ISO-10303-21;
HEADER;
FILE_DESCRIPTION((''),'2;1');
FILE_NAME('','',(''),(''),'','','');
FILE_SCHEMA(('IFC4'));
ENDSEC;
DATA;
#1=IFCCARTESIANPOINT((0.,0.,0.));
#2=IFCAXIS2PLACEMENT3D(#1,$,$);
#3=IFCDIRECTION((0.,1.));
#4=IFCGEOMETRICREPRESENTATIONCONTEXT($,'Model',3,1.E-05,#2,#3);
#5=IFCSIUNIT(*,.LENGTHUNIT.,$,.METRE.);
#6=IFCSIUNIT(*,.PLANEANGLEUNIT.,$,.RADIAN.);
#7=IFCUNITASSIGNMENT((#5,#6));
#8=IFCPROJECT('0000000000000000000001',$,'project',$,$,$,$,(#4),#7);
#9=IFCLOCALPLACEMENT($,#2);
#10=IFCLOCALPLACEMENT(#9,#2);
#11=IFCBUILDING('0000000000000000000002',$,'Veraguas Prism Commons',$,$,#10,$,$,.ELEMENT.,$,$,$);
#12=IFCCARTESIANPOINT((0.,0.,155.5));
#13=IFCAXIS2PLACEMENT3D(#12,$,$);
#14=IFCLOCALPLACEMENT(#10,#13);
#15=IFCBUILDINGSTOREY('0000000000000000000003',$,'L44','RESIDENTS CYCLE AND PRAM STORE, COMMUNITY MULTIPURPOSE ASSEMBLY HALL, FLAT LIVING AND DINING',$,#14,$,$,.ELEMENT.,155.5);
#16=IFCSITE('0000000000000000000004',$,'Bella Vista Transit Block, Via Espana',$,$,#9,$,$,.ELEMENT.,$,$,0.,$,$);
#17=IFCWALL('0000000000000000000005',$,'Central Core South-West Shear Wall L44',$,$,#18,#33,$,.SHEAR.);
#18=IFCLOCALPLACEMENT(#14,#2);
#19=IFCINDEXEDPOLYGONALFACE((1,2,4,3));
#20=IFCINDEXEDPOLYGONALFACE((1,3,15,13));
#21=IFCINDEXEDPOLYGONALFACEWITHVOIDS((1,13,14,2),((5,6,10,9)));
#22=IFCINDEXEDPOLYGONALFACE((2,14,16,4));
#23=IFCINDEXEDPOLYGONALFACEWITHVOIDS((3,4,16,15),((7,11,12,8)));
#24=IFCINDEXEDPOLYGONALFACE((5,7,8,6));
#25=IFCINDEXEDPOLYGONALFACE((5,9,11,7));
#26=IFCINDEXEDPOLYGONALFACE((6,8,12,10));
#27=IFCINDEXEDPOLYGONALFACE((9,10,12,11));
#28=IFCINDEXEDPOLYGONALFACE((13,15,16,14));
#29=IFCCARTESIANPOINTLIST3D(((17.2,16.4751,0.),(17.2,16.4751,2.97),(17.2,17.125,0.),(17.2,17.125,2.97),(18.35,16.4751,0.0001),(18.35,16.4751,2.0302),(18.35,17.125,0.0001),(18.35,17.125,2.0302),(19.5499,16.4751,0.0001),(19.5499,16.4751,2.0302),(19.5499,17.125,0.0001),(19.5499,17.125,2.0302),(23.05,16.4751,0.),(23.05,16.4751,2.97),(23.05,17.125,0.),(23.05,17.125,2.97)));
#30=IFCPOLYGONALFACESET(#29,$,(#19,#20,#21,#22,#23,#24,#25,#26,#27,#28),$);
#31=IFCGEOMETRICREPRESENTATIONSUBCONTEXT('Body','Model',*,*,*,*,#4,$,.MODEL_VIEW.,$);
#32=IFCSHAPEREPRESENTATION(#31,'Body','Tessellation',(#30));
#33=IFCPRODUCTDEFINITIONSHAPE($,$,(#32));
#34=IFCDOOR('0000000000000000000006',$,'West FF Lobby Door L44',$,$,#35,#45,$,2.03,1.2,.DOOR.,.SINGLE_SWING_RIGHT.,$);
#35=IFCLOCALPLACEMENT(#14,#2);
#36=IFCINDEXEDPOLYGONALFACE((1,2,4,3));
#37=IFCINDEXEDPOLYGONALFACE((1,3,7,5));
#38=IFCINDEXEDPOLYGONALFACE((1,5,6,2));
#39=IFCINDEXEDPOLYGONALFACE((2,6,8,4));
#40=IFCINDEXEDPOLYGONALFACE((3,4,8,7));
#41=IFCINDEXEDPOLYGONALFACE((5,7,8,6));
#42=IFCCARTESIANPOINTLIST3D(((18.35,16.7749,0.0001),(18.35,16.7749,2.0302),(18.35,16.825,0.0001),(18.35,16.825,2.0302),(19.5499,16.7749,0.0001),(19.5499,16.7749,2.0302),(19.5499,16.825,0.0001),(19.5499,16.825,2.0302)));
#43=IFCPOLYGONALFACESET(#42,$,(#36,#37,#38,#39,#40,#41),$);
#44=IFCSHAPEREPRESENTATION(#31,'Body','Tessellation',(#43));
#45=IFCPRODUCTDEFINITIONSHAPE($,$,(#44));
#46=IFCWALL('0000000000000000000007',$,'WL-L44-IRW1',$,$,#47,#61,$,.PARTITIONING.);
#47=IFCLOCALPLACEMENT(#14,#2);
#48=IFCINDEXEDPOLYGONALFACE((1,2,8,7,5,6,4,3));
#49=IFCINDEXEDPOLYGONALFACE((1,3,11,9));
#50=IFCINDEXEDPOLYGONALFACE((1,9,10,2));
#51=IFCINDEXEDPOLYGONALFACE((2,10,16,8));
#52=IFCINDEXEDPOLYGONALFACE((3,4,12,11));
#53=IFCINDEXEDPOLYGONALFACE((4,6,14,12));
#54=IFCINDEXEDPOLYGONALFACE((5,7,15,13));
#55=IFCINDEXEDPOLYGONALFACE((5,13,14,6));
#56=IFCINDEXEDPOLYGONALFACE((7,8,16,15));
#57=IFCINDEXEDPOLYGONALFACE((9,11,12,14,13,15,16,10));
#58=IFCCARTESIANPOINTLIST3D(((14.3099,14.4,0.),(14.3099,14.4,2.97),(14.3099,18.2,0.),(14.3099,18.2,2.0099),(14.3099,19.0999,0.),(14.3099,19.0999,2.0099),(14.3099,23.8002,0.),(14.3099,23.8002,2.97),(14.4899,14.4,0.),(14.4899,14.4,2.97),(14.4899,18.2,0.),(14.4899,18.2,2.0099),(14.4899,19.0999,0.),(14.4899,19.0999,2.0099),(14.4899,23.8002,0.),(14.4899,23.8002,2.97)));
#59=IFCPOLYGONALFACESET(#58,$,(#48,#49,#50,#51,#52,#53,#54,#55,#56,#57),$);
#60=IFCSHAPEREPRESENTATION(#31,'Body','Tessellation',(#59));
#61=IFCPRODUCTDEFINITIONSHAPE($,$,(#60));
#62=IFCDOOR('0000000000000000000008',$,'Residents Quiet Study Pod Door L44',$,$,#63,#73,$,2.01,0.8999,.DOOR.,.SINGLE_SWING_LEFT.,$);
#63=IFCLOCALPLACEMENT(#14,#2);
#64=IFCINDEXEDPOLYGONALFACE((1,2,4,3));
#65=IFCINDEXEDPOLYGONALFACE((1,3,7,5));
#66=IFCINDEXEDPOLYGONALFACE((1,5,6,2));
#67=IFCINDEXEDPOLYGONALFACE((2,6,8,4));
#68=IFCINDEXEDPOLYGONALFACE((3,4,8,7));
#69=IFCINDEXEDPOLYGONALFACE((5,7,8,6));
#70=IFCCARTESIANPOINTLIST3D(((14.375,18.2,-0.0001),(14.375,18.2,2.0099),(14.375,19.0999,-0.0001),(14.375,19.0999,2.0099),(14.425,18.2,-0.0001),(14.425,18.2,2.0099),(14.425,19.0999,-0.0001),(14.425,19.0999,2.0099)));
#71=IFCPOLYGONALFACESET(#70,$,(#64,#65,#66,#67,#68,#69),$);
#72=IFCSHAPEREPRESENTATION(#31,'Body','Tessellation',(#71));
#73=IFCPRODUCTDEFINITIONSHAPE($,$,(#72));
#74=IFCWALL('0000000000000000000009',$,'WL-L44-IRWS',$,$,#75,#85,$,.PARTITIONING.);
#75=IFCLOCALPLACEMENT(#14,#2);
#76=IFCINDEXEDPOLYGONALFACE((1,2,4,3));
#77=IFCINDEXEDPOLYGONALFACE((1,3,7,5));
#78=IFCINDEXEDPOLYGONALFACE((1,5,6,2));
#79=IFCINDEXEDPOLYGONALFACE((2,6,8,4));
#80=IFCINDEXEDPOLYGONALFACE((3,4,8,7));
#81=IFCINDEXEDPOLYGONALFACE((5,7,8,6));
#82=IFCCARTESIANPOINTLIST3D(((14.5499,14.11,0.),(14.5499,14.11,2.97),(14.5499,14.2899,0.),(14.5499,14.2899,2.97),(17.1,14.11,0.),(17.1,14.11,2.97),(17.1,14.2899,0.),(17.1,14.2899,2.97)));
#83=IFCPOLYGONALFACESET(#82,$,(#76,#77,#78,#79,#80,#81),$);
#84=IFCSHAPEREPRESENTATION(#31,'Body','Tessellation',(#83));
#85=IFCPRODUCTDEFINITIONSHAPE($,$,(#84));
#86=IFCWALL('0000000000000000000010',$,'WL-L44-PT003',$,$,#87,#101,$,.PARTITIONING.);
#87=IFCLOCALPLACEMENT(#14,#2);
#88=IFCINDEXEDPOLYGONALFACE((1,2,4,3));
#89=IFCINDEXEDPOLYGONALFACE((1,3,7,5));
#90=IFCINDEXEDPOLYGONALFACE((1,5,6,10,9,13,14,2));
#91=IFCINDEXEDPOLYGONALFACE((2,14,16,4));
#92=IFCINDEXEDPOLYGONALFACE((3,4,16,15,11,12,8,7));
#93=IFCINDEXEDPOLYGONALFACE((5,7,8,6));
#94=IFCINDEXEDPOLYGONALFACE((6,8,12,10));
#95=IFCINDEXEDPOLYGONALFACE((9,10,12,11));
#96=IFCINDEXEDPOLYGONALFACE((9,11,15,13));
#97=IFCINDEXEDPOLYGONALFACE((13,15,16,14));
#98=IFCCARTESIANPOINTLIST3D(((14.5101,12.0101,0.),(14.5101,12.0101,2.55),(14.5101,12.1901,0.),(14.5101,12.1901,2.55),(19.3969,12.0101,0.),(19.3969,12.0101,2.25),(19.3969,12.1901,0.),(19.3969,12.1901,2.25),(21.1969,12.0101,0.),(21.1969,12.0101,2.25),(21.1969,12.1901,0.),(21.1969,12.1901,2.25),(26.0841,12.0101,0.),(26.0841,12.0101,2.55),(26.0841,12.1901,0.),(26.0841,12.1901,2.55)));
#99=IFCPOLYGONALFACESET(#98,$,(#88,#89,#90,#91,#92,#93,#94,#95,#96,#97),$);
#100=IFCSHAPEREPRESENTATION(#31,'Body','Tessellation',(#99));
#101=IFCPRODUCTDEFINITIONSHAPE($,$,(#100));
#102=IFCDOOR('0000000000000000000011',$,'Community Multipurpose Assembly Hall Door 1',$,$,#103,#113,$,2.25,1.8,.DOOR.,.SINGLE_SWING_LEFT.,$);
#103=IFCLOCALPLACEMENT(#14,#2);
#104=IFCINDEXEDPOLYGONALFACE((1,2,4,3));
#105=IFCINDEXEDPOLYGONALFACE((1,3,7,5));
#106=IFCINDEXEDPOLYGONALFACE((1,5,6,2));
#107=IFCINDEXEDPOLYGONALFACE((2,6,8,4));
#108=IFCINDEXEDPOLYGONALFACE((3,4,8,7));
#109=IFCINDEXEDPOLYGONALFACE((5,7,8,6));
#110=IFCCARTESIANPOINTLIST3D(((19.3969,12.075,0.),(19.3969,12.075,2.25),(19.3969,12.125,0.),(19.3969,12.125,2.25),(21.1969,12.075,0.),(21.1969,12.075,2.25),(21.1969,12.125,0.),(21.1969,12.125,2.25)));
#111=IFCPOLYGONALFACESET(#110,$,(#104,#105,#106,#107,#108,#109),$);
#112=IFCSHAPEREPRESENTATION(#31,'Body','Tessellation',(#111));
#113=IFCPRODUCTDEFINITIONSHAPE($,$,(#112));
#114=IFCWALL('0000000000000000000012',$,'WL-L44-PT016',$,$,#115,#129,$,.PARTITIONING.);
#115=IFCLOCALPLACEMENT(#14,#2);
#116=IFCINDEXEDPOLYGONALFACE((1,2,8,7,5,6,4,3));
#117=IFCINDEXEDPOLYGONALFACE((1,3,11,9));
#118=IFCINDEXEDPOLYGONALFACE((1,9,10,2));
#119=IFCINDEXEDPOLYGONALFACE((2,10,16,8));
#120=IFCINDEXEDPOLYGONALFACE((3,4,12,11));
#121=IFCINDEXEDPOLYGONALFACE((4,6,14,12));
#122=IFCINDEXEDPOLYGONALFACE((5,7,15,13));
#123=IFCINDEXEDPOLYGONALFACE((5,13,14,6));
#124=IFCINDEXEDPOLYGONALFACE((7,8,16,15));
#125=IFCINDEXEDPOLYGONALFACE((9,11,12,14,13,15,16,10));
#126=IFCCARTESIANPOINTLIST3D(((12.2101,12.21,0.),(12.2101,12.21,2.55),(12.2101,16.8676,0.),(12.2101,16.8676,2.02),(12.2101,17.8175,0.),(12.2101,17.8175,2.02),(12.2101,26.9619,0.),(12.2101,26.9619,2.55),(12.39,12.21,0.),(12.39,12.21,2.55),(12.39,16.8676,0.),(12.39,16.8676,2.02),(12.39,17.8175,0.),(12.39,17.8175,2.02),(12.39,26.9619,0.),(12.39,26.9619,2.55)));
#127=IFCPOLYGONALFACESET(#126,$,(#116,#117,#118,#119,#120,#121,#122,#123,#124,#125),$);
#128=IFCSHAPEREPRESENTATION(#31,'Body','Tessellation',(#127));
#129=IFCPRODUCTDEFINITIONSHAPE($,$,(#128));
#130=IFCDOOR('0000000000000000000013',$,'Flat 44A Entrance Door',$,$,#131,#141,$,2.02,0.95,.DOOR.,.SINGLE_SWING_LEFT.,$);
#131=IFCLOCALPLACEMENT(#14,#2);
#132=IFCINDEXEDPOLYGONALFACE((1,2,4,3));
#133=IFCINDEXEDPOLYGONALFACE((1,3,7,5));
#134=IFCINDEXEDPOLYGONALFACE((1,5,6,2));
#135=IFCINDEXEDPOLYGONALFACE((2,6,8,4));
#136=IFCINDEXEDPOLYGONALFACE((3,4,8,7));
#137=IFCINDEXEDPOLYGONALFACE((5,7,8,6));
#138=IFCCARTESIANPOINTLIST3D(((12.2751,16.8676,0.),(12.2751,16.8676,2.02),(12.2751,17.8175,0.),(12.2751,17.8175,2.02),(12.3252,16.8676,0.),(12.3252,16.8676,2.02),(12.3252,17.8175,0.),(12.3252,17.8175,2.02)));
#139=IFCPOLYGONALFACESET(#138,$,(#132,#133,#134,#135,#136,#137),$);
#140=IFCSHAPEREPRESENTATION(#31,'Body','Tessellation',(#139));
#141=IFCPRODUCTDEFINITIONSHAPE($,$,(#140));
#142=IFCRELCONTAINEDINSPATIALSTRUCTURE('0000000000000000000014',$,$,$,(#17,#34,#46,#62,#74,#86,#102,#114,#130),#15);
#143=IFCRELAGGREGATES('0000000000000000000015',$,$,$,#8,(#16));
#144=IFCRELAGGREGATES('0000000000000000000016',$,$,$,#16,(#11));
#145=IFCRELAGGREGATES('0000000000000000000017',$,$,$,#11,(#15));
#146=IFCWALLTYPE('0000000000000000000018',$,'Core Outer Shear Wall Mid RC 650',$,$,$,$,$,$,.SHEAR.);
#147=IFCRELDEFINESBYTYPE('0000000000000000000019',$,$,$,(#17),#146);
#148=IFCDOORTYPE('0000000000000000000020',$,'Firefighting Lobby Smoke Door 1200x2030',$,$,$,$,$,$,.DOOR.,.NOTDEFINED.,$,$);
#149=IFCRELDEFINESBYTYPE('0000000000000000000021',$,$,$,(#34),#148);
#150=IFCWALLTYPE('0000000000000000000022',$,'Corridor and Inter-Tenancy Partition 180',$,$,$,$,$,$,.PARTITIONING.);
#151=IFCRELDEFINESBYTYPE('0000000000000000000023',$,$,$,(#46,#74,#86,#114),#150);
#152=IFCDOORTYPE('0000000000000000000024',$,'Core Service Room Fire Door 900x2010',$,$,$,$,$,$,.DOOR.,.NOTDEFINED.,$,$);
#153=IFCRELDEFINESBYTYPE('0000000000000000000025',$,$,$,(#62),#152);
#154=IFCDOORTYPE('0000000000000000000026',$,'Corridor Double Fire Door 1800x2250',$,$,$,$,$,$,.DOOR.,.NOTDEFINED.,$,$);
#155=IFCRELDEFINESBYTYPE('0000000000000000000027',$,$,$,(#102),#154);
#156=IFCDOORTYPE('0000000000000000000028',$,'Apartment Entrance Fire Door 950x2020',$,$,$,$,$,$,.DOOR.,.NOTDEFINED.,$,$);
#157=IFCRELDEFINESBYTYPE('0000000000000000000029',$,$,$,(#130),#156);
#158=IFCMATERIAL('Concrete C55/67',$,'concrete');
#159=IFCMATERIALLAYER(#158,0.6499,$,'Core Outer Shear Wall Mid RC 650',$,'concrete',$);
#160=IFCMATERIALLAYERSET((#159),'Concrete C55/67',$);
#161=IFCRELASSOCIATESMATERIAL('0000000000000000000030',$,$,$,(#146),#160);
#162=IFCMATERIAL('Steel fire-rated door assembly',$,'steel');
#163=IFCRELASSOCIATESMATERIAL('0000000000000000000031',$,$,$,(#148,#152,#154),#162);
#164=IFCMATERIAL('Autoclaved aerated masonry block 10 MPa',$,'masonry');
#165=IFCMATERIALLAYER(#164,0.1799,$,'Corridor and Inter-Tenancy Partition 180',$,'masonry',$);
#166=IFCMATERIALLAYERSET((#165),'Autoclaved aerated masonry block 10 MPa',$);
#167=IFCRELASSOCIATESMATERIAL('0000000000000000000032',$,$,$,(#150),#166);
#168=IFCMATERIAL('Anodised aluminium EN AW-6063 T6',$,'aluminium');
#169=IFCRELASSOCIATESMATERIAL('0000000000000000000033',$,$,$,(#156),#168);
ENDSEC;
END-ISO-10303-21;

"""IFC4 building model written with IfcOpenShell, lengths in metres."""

from ifc_helpers import new_model, si_unit, direction, frame, frame_2d, origin, place, context, subcontext, project, spatial, rectangle, extrude, source, transform, mapped, material, layer, layer_set, type_object, element, fill, save


model = new_model("IFC4")

# Units and contexts
model_context = context("Model", 3, precision=1e-05, world=origin(), true_north=direction((0.0, 1.0)))
body_context = subcontext(model_context, "Body", "Model", "MODEL_VIEW")
ifc_project = project(units=[si_unit("LENGTHUNIT", "METRE"), si_unit("PLANEANGLEUNIT", "RADIAN")], contexts=[model_context])

# Site, building, storey
site_placement = place(None, origin())
site = spatial("IfcSite", under=ifc_project, at=site_placement, Name="Bella Vista Transit Block, Via Espana", CompositionType="ELEMENT", RefElevation=0.0)
building_placement = place(site_placement, origin())
building = spatial("IfcBuilding", under=site, at=building_placement, Name="Veraguas Prism Commons", CompositionType="ELEMENT")
storey_placement = place(building_placement, frame((0.0, 0.0, 155.5)))
storey = spatial("IfcBuildingStorey", under=building, at=storey_placement, Name="L44", Description="RESIDENTS CYCLE AND PRAM STORE, COMMUNITY MULTIPURPOSE ASSEMBLY HALL, FLAT LIVING AND DINING", CompositionType="ELEMENT", Elevation=155.5)

# Shared definitions
ifc_material_1 = material(Name="Steel fire-rated door assembly", Category="steel")

# Shared definitions
ifc_material_2 = material(Name="Concrete C55/67", Category="concrete")
ifc_layer_1 = layer(ifc_material_2, 0.6499, Name="Core Outer Shear Wall Mid RC 650", Category="concrete")
ifc_layer_set_1 = layer_set([ifc_layer_1], Name="Concrete C55/67")
wall_type_1 = type_object("IfcWallType", Name="Core Outer Shear Wall Mid RC 650", PredefinedType="SHEAR", material=ifc_layer_set_1)

# Walls, openings, doors
wall_1_placement = place(storey_placement, frame((17.2, 16.8, 0.0), z_axis=(0.0, 0.0, 1.0), x_axis=(1.0, 0.0, 0.0)))
wall_1 = element("IfcWall", 1, at=wall_1_placement, inside=storey, type_object=wall_type_1, Name="Central Core South-West Shear Wall L44", PredefinedType="SHEAR", context=body_context, shape_type="SweptSolid", body=[
    extrude(rectangle(XDim=5.8501, YDim=0.6499, at=frame_2d((2.925, 0.0))), origin(), (0.0, 0.0, 1.0), 2.97),
])
opening_1_placement = place(wall_1_placement, frame((1.1499, 0.0, 0.0)))
opening_1 = element("IfcOpeningElement", 2, at=opening_1_placement, cuts=wall_1, PredefinedType="OPENING", context=body_context, shape_type="SweptSolid", body=[
    extrude(rectangle(XDim=1.2, YDim=2.03, at=frame_2d((0.6001, 1.0151))), frame((0.0, 0.335, 0.0), z_axis=(0.0, -1.0, 0.0), x_axis=(1.0, 0.0, 0.0)), (0.0, 0.0, 1.0), 0.6699),
])
door_type_1 = type_object("IfcDoorType", Name="Firefighting Lobby Smoke Door 1200x2030", OperationType="NOTDEFINED", PredefinedType="DOOR", material=ifc_material_1)
shared_shape_1 = source(origin(), body_context, "Body", "SweptSolid", [
    extrude(rectangle(XDim=1.2, YDim=2.03, at=frame_2d((0.6001, 1.0151))), frame((0.0, 0.0249, 0.0), z_axis=(0.0, -1.0, 0.0), x_axis=(1.0, 0.0, 0.0)), (0.0, 0.0, 1.0), 0.05),
])
door_1_placement = place(opening_1_placement, origin())
door_1 = element("IfcDoor", 3, at=door_1_placement, inside=storey, type_object=door_type_1, Name="West FF Lobby Door L44", OperationType="SINGLE_SWING_RIGHT", OverallHeight=2.03, OverallWidth=1.2, PredefinedType="DOOR", context=body_context, shape_type="MappedRepresentation", body=[
    mapped(shared_shape_1, transform((0.0, 0.0, 0.0), scale=1.0)),
])
fill(opening_1, door_1)
ifc_material_3 = material(Name="Autoclaved aerated masonry block 10 MPa", Category="masonry")
ifc_layer_2 = layer(ifc_material_3, 0.1799, Name="Corridor and Inter-Tenancy Partition 180", Category="masonry")
ifc_layer_set_2 = layer_set([ifc_layer_2], Name="Autoclaved aerated masonry block 10 MPa")
wall_type_2 = type_object("IfcWallType", Name="Corridor and Inter-Tenancy Partition 180", PredefinedType="PARTITIONING", material=ifc_layer_set_2)
wall_2_placement = place(storey_placement, frame((14.3999, 14.3999, 0.0), z_axis=(0.0, 0.0, 1.0), x_axis=(0.0, 1.0, 0.0)))
wall_2 = element("IfcWall", 4, at=wall_2_placement, inside=storey, type_object=wall_type_2, Name="WL-L44-IRW1", PredefinedType="PARTITIONING", context=body_context, shape_type="SweptSolid", body=[
    extrude(rectangle(XDim=9.4001, YDim=0.1799, at=frame_2d((4.7002, 0.0))), origin(), (0.0, 0.0, 1.0), 2.97),
])
opening_2_placement = place(wall_2_placement, frame((3.8, 0.0, 0.0)))
opening_2 = element("IfcOpeningElement", 5, at=opening_2_placement, cuts=wall_2, PredefinedType="OPENING", context=body_context, shape_type="SweptSolid", body=[
    extrude(rectangle(XDim=0.8999, YDim=2.01, at=frame_2d((0.45, 1.0049))), frame((0.0, 0.0999, 0.0), z_axis=(0.0, -1.0, 0.0), x_axis=(1.0, 0.0, 0.0)), (0.0, 0.0, 1.0), 0.2),
])
door_type_2 = type_object("IfcDoorType", Name="Core Service Room Fire Door 900x2010", OperationType="NOTDEFINED", PredefinedType="DOOR", material=ifc_material_1)
shared_shape_2 = source(origin(), body_context, "Body", "SweptSolid", [
    extrude(rectangle(XDim=0.8999, YDim=2.01, at=frame_2d((0.45, 1.0049))), frame((0.0, 0.0249, 0.0), z_axis=(0.0, -1.0, 0.0), x_axis=(1.0, 0.0, 0.0)), (0.0, 0.0, 1.0), 0.05),
])
door_2_placement = place(opening_2_placement, origin())
door_2 = element("IfcDoor", 6, at=door_2_placement, inside=storey, type_object=door_type_2, Name="Residents Quiet Study Pod Door L44", OperationType="SINGLE_SWING_LEFT", OverallHeight=2.01, OverallWidth=0.8999, PredefinedType="DOOR", context=body_context, shape_type="MappedRepresentation", body=[
    mapped(shared_shape_2, transform((0.0, 0.0, 0.0), scale=1.0)),
])
fill(opening_2, door_2)

# Wall
wall_3_placement = place(storey_placement, frame((14.55, 14.2, 0.0), z_axis=(0.0, 0.0, 1.0), x_axis=(1.0, 0.0, 0.0)))
element("IfcWall", 7, at=wall_3_placement, inside=storey, type_object=wall_type_2, Name="WL-L44-IRWS", PredefinedType="PARTITIONING", context=body_context, shape_type="SweptSolid", body=[
    extrude(rectangle(XDim=2.55, YDim=0.1799, at=frame_2d((1.2749, 0.0))), origin(), (0.0, 0.0, 1.0), 2.97),
])

# Walls, openings, doors
wall_4_placement = place(storey_placement, frame((14.51, 12.1001, 0.0), z_axis=(0.0, 0.0, 1.0), x_axis=(1.0, 0.0, 0.0)))
wall_4 = element("IfcWall", 8, at=wall_4_placement, inside=storey, type_object=wall_type_2, Name="WL-L44-PT003", PredefinedType="PARTITIONING", context=body_context, shape_type="SweptSolid", body=[
    extrude(rectangle(XDim=11.574, YDim=0.1799, at=frame_2d((5.7871, 0.0))), origin(), (0.0, 0.0, 1.0), 2.55),
])
opening_3_placement = place(wall_4_placement, frame((4.887, 0.0, 0.0)))
opening_3 = element("IfcOpeningElement", 9, at=opening_3_placement, cuts=wall_4, PredefinedType="OPENING", context=body_context, shape_type="SweptSolid", body=[
    extrude(rectangle(XDim=1.8, YDim=2.25, at=frame_2d((0.8999, 1.125))), frame((0.0, 0.0999, 0.0), z_axis=(0.0, -1.0, 0.0), x_axis=(1.0, 0.0, 0.0)), (0.0, 0.0, 1.0), 0.2),
])
door_type_3 = type_object("IfcDoorType", Name="Corridor Double Fire Door 1800x2250", OperationType="NOTDEFINED", PredefinedType="DOOR", material=ifc_material_1)
shared_shape_3 = source(origin(), body_context, "Body", "SweptSolid", [
    extrude(rectangle(XDim=1.8, YDim=2.25, at=frame_2d((0.8999, 1.125))), frame((0.0, 0.0249, 0.0), z_axis=(0.0, -1.0, 0.0), x_axis=(1.0, 0.0, 0.0)), (0.0, 0.0, 1.0), 0.05),
])
door_3_placement = place(opening_3_placement, origin())
door_3 = element("IfcDoor", 10, at=door_3_placement, inside=storey, type_object=door_type_3, Name="Community Multipurpose Assembly Hall Door 1", OperationType="SINGLE_SWING_LEFT", OverallHeight=2.25, OverallWidth=1.8, PredefinedType="DOOR", context=body_context, shape_type="MappedRepresentation", body=[
    mapped(shared_shape_3, transform((0.0, 0.0, 0.0), scale=1.0)),
])
fill(opening_3, door_3)
wall_5_placement = place(storey_placement, frame((12.3, 12.21, 0.0), z_axis=(0.0, 0.0, 1.0), x_axis=(0.0, 1.0, 0.0)))
wall_5 = element("IfcWall", 11, at=wall_5_placement, inside=storey, type_object=wall_type_2, Name="WL-L44-PT016", PredefinedType="PARTITIONING", context=body_context, shape_type="SweptSolid", body=[
    extrude(rectangle(XDim=14.752, YDim=0.1799, at=frame_2d((7.376, 0.0))), origin(), (0.0, 0.0, 1.0), 2.55),
])
opening_4_placement = place(wall_5_placement, frame((4.6575, 0.0, 0.0)))
opening_4 = element("IfcOpeningElement", 12, at=opening_4_placement, cuts=wall_5, PredefinedType="OPENING", context=body_context, shape_type="SweptSolid", body=[
    extrude(rectangle(XDim=0.95, YDim=2.02, at=frame_2d((0.4751, 1.01))), frame((0.0, 0.0999, 0.0), z_axis=(0.0, -1.0, 0.0), x_axis=(1.0, 0.0, 0.0)), (0.0, 0.0, 1.0), 0.2),
])
ifc_material_4 = material(Name="Anodised aluminium EN AW-6063 T6", Category="aluminium")
door_type_4 = type_object("IfcDoorType", Name="Apartment Entrance Fire Door 950x2020", OperationType="NOTDEFINED", PredefinedType="DOOR", material=ifc_material_4)
shared_shape_4 = source(origin(), body_context, "Body", "SweptSolid", [
    extrude(rectangle(XDim=0.95, YDim=2.02, at=frame_2d((0.4751, 1.01))), frame((0.0, 0.0249, 0.0), z_axis=(0.0, -1.0, 0.0), x_axis=(1.0, 0.0, 0.0)), (0.0, 0.0, 1.0), 0.05),
])
door_4_placement = place(opening_4_placement, origin())
door_4 = element("IfcDoor", 13, at=door_4_placement, inside=storey, type_object=door_type_4, Name="Flat 44A Entrance Door", OperationType="SINGLE_SWING_LEFT", OverallHeight=2.02, OverallWidth=0.95, PredefinedType="DOOR", context=body_context, shape_type="MappedRepresentation", body=[
    mapped(shared_shape_4, transform((0.0, 0.0, 0.0), scale=1.0)),
])
fill(opening_4, door_4)

save(model, "model.ifc")
